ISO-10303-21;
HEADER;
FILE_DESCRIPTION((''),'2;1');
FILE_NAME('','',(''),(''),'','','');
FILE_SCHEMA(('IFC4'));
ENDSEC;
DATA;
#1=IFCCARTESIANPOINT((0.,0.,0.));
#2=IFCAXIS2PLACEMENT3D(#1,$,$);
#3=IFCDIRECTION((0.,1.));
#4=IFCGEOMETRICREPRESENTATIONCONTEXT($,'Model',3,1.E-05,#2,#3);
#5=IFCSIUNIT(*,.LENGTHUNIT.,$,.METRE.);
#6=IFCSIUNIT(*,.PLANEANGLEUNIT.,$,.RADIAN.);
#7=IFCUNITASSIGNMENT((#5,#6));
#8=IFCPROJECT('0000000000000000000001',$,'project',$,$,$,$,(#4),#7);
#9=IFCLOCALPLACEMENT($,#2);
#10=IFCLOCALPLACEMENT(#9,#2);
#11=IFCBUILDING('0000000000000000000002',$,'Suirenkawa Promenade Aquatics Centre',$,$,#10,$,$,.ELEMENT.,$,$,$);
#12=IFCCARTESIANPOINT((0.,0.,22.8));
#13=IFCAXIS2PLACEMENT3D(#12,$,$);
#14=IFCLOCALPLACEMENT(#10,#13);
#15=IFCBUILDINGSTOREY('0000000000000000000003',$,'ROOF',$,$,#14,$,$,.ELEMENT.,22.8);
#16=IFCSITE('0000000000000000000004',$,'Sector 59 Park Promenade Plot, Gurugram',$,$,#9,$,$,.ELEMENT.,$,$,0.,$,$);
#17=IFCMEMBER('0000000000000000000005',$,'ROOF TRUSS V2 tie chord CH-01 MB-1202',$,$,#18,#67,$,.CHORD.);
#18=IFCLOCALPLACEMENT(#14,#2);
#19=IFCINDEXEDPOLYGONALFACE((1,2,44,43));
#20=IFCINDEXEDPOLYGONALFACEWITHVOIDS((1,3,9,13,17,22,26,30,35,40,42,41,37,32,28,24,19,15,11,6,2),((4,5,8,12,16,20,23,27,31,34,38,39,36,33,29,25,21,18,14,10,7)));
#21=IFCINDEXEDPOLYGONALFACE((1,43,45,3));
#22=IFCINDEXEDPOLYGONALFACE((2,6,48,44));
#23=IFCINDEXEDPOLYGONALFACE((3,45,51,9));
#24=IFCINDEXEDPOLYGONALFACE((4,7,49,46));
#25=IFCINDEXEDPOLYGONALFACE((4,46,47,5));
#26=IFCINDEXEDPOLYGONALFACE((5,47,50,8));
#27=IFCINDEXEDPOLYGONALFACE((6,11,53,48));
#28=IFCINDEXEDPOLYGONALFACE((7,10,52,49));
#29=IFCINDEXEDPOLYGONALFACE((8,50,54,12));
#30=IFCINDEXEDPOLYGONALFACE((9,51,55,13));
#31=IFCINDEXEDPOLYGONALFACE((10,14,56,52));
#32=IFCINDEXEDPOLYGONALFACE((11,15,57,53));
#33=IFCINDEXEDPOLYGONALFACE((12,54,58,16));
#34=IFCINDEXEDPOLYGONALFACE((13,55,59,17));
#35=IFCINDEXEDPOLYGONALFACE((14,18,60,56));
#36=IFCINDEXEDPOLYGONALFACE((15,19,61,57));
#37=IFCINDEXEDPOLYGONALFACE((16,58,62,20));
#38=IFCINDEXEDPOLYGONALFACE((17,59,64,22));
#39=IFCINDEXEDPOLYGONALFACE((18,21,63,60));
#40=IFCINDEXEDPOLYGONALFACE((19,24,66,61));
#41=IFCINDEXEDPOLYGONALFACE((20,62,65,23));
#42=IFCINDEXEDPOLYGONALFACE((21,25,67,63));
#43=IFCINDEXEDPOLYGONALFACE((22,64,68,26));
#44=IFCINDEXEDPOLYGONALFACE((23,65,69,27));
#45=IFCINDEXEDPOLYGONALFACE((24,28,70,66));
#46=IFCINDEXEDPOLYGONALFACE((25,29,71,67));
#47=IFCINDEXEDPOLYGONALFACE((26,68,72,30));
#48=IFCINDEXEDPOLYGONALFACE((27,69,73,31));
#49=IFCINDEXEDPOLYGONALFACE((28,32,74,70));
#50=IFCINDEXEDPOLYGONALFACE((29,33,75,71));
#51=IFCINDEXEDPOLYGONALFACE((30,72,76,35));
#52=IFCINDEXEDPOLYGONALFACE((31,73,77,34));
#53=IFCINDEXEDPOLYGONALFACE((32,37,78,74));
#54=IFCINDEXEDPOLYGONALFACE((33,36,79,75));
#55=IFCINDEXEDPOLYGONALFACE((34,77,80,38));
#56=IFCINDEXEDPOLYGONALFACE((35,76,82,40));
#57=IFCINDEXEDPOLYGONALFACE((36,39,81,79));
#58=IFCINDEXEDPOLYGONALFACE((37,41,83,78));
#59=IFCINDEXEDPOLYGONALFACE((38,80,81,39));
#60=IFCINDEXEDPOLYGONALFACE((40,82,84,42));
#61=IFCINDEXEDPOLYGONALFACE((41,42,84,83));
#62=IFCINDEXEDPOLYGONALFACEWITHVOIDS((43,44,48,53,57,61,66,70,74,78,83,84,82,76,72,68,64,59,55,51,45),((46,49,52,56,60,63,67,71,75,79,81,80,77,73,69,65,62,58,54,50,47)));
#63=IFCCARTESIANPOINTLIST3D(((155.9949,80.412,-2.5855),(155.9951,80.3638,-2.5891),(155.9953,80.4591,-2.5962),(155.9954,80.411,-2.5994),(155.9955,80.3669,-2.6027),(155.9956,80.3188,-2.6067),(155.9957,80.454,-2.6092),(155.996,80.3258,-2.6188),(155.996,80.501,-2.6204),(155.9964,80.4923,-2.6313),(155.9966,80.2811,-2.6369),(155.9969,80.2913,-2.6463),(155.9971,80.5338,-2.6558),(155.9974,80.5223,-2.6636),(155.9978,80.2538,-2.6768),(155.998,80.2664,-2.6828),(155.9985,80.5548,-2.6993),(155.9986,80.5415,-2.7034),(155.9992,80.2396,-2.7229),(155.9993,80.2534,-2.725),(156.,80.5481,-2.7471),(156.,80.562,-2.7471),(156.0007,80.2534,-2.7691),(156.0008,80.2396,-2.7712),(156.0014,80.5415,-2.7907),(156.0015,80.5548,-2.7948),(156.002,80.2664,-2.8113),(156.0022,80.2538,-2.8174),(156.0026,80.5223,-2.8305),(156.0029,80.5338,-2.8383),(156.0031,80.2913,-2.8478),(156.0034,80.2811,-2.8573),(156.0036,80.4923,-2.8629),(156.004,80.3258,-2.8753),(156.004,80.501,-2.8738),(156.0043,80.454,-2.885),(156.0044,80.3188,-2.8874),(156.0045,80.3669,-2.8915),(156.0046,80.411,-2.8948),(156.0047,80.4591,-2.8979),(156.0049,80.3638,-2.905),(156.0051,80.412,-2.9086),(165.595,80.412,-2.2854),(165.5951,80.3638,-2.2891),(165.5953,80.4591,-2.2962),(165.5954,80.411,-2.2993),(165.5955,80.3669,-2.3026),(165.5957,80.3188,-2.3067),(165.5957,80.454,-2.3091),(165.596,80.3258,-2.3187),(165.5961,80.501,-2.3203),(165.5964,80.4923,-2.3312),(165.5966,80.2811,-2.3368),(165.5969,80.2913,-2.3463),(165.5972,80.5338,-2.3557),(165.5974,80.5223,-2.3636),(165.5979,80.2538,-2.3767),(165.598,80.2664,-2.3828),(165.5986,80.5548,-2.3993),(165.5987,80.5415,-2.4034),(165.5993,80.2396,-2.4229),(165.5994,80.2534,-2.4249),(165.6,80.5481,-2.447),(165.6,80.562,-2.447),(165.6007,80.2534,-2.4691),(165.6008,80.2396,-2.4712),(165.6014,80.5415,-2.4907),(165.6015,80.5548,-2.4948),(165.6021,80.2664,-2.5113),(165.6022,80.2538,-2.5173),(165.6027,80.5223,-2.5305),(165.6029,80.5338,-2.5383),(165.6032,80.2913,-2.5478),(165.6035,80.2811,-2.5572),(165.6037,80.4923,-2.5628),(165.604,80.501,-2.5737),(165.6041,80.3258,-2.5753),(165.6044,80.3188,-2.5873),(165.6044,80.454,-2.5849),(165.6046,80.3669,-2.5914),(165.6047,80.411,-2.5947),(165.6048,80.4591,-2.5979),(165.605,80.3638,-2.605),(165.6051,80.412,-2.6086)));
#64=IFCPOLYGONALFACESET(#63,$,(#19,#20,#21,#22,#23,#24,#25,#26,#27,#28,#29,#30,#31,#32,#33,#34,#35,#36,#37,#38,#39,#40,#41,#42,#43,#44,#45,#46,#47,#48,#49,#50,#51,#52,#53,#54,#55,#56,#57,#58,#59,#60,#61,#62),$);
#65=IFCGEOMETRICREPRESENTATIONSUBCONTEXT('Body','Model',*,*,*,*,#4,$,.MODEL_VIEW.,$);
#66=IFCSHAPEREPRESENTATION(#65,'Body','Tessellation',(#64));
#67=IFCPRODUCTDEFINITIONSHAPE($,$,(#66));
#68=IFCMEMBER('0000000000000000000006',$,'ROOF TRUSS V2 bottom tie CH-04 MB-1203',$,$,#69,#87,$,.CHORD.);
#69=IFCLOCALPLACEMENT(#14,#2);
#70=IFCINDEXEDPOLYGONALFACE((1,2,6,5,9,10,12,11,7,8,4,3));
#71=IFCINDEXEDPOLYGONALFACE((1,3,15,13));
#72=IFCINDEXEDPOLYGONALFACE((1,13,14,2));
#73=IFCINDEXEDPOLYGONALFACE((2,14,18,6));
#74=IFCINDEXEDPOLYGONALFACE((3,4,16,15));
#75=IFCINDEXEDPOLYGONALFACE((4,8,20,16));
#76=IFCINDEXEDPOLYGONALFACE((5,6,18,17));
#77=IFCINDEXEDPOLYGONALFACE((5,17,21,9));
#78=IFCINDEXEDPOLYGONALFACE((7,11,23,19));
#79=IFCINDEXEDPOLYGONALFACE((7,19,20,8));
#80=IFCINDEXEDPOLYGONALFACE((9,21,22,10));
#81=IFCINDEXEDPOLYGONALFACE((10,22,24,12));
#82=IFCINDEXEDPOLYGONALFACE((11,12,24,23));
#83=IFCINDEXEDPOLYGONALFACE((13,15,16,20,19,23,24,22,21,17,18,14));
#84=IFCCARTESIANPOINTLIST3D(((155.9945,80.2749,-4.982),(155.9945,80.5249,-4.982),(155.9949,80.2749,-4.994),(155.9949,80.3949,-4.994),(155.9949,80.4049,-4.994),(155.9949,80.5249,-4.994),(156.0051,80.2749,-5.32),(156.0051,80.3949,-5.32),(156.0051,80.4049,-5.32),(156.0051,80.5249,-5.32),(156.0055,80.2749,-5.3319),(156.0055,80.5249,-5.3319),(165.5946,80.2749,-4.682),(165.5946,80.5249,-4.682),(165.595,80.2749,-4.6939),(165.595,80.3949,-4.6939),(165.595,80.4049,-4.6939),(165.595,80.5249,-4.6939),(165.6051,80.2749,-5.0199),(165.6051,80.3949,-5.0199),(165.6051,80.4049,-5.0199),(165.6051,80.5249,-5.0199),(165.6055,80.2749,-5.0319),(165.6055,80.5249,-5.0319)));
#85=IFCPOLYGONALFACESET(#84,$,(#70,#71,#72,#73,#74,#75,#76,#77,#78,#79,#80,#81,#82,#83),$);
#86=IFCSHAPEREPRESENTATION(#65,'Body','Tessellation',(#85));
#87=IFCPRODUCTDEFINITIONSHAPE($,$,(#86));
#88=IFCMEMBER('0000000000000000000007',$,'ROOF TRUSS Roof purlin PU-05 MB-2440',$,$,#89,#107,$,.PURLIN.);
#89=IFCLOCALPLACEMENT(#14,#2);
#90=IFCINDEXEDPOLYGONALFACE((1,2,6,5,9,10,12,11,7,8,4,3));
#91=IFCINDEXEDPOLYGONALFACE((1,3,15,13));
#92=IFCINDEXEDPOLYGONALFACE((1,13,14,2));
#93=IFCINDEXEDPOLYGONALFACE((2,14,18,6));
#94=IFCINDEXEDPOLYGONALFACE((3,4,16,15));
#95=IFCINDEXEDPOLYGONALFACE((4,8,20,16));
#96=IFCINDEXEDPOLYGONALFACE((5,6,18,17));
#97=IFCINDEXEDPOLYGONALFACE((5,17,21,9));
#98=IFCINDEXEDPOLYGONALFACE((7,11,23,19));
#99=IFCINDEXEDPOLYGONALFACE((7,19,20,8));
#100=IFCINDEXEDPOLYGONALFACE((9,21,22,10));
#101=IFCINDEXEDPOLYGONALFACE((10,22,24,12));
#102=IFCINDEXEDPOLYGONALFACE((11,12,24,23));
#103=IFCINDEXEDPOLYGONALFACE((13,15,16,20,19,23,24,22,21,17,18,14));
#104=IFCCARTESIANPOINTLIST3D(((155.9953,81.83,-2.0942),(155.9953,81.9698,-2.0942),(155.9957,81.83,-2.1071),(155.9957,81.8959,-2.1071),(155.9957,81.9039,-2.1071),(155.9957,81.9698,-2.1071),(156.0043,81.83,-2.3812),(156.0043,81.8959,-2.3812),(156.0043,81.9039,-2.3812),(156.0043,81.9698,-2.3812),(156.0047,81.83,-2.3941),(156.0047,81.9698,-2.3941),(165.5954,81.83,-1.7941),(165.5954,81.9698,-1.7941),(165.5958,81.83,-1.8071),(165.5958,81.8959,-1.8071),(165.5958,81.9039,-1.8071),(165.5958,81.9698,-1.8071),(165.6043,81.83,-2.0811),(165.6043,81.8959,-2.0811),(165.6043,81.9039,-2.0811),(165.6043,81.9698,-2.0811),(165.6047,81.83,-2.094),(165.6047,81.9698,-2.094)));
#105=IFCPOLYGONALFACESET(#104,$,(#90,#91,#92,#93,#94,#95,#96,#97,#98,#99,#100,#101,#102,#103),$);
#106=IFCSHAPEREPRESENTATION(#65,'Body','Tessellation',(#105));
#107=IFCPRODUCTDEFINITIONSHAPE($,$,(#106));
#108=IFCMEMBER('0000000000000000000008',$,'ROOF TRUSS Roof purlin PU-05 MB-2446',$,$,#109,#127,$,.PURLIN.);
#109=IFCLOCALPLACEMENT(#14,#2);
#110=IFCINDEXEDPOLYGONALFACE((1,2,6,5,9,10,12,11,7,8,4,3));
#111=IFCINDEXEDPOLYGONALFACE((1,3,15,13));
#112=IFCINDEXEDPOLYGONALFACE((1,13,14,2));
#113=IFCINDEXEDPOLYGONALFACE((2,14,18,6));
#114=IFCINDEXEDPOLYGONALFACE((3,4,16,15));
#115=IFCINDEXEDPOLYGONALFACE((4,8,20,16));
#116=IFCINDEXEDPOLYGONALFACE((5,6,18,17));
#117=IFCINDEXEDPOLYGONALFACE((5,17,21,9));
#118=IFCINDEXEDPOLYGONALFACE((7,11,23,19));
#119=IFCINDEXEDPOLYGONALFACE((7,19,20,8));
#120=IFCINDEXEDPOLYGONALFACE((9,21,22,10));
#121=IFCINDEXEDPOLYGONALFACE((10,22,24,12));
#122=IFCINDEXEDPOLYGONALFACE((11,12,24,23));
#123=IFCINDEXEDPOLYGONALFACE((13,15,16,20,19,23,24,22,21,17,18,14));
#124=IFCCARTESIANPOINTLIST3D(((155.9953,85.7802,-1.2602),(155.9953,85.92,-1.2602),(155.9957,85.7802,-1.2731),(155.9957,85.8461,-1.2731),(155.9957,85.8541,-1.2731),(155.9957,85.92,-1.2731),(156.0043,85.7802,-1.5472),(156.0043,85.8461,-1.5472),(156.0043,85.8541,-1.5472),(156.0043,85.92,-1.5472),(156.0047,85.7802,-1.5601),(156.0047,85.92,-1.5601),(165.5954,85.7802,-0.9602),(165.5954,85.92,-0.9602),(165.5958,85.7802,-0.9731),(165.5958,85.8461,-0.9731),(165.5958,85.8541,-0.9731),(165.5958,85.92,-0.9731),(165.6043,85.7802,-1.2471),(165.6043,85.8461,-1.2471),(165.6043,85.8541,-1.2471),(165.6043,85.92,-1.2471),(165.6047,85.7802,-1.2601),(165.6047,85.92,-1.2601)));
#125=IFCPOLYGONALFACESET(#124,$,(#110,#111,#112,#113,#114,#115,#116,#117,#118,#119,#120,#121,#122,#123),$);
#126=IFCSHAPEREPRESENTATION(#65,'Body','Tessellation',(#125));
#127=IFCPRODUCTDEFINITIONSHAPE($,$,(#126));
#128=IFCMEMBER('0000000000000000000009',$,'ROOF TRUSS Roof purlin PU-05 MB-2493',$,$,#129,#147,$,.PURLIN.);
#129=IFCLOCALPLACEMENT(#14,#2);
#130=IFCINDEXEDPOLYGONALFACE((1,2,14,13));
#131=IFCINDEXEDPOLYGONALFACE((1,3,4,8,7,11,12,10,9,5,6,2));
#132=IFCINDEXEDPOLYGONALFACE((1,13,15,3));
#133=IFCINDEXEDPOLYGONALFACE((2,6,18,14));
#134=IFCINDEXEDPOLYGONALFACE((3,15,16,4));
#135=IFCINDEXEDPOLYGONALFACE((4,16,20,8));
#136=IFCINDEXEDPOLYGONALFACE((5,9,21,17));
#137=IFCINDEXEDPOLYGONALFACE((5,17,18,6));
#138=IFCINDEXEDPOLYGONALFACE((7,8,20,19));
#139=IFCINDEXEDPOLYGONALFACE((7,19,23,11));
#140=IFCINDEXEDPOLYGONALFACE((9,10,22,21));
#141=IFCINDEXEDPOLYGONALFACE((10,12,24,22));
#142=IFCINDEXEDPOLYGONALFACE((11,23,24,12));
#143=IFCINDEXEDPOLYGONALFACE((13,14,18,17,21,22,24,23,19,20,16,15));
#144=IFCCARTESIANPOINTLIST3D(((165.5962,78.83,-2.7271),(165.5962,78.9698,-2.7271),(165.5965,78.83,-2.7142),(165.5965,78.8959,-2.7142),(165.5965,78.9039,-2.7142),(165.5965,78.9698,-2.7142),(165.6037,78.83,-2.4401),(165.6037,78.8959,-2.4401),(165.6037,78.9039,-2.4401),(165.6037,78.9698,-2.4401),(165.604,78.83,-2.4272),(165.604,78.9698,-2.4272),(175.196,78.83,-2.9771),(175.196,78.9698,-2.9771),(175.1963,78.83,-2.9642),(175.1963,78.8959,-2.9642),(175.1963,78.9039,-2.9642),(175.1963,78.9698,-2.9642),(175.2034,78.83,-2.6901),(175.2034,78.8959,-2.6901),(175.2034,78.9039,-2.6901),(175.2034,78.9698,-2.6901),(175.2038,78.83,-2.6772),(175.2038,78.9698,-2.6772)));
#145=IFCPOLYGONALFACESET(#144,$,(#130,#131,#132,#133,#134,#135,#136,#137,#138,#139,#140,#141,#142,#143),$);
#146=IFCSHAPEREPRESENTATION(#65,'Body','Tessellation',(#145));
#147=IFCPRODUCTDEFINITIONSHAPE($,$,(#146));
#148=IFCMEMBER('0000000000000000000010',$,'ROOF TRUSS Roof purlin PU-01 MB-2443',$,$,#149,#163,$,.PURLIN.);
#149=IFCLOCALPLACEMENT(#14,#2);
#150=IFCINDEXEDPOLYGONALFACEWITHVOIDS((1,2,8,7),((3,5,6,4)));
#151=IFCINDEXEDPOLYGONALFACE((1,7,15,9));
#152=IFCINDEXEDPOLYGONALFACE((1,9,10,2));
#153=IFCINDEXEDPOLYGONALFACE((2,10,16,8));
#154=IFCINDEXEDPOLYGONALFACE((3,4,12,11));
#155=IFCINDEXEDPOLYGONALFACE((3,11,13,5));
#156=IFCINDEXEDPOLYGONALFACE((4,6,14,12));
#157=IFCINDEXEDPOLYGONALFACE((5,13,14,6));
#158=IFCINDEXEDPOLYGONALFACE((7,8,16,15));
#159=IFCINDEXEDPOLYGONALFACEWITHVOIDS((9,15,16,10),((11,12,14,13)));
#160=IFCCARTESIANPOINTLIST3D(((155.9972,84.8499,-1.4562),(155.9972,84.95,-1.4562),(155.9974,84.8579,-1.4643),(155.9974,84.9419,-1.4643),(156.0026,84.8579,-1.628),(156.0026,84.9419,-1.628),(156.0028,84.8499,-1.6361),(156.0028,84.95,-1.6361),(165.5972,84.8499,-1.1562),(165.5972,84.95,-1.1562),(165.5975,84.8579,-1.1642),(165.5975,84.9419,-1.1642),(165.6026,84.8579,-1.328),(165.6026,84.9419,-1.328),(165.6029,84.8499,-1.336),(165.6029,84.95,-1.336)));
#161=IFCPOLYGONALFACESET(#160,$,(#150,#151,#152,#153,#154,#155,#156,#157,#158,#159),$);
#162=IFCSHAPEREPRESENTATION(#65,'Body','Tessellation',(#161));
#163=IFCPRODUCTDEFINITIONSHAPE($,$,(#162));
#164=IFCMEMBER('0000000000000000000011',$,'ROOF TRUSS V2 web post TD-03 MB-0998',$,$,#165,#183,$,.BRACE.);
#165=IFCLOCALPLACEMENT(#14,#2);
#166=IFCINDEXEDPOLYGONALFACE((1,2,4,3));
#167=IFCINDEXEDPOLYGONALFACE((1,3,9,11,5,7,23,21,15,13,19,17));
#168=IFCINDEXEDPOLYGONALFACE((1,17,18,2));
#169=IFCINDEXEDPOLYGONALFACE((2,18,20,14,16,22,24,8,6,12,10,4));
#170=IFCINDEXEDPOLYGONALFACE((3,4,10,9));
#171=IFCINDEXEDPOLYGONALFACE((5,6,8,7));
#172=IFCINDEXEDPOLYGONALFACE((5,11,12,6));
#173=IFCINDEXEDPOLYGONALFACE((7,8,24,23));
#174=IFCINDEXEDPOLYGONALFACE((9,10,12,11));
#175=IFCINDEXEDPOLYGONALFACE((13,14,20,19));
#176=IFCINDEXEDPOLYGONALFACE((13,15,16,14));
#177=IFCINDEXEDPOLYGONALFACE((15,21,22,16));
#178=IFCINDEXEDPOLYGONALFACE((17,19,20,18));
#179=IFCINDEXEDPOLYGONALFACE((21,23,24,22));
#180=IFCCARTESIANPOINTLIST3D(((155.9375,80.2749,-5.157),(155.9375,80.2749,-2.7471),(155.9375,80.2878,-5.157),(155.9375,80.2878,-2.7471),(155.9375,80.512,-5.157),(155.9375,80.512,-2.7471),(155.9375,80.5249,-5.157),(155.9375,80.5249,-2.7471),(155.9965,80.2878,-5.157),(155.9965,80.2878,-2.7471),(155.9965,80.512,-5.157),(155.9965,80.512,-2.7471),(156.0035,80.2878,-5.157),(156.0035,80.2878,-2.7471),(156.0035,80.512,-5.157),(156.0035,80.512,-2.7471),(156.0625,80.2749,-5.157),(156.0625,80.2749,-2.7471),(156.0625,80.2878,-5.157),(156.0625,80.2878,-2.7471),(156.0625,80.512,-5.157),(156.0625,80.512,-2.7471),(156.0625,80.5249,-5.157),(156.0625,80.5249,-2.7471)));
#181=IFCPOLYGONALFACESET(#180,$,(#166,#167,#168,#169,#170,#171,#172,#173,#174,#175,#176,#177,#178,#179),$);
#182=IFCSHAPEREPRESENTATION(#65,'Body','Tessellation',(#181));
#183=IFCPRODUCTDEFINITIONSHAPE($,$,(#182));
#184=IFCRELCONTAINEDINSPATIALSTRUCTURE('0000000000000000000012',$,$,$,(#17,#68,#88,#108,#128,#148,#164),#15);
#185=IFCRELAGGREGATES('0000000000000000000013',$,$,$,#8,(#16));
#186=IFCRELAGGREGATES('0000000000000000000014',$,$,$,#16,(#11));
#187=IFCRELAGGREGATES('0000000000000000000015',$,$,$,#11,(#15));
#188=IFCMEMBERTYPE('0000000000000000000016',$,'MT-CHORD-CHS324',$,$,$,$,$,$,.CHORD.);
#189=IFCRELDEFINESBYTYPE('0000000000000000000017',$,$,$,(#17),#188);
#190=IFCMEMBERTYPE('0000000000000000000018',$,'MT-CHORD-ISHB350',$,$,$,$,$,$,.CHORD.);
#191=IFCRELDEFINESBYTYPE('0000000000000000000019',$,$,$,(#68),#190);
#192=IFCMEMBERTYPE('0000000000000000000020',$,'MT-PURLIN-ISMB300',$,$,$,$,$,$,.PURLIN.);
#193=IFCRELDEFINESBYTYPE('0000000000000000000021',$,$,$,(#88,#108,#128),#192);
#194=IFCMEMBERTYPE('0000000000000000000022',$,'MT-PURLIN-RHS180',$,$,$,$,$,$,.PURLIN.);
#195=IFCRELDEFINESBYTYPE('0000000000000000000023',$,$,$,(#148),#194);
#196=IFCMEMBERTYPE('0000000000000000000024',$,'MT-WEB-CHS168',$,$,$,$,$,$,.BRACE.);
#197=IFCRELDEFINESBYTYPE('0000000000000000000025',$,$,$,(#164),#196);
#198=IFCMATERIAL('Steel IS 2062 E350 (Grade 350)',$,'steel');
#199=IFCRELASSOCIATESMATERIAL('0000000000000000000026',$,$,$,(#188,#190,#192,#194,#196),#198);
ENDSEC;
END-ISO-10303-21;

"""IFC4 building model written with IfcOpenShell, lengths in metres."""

from ifc_helpers import new_model, si_unit, direction, frame, origin, origin_2d, place, context, subcontext, project, spatial, hollow_rectangle, hollow_circle, i_section, extrude, material, material_profile, profile_set, type_object, element, save


model = new_model("IFC4")

# Units and contexts
model_context = context("Model", 3, precision=1e-05, world=origin(), true_north=direction((0.0, 1.0)))
body_context = subcontext(model_context, "Body", "Model", "MODEL_VIEW")
ifc_project = project(units=[si_unit("LENGTHUNIT", "METRE"), si_unit("PLANEANGLEUNIT", "RADIAN")], contexts=[model_context])

# Site, building, storey
site_placement = place(None, origin())
site = spatial("IfcSite", under=ifc_project, at=site_placement, Name="Sector 59 Park Promenade Plot, Gurugram", CompositionType="ELEMENT", RefElevation=0.0)
building_placement = place(site_placement, origin())
building = spatial("IfcBuilding", under=site, at=building_placement, Name="Suirenkawa Promenade Aquatics Centre", CompositionType="ELEMENT")
storey_placement = place(building_placement, frame((0.0, 0.0, 22.8)))
storey = spatial("IfcBuildingStorey", under=building, at=storey_placement, Name="ROOF", CompositionType="ELEMENT", Elevation=22.8)

# Shared definitions
ifc_material = material(Name="Steel IS 2062 E350 (Grade 350)", Category="steel")

# Members
ifc_material_profile_1 = material_profile(ifc_material, hollow_circle(Radius=0.1621, WallThickness=0.0139, at=origin_2d()), Name="CHS 324x14", Category="steel")
ifc_profile_set_1 = profile_set([ifc_material_profile_1], Name="Steel IS 2062 E350 (Grade 350)")
member_type_1 = type_object("IfcMemberType", Name="MT-CHORD-CHS324", PredefinedType="CHORD", material=ifc_profile_set_1)
member_1_placement = place(storey_placement, frame((156.0, 80.3999, -2.7471), z_axis=(0.999512, 0.0, 0.03124), x_axis=(0.0, 1.0, 0.0)))
element("IfcMember", 1, at=member_1_placement, inside=storey, type_object=member_type_1, Name="ROOF TRUSS V2 tie chord CH-01 MB-1202", PredefinedType="CHORD", context=body_context, shape_type="SweptSolid", body=[
    extrude(hollow_circle(Radius=0.1621, WallThickness=0.0139, at=origin_2d()), origin(), (0.0, 0.0, 1.0), 9.6047),
])
ifc_material_profile_2 = material_profile(ifc_material, i_section(OverallWidth=0.25, OverallDepth=0.3501, WebThickness=0.01, FlangeThickness=0.012, at=origin_2d()), Name="ISHB 350", Category="steel")
ifc_profile_set_2 = profile_set([ifc_material_profile_2], Name="Steel IS 2062 E350 (Grade 350)")
member_type_2 = type_object("IfcMemberType", Name="MT-CHORD-ISHB350", PredefinedType="CHORD", material=ifc_profile_set_2)
member_2_placement = place(storey_placement, frame((156.0, 80.3999, -5.157), z_axis=(0.999512, 0.0, 0.03124), x_axis=(0.0, 1.0, 0.0)))
element("IfcMember", 2, at=member_2_placement, inside=storey, type_object=member_type_2, Name="ROOF TRUSS V2 bottom tie CH-04 MB-1203", PredefinedType="CHORD", context=body_context, shape_type="SweptSolid", body=[
    extrude(i_section(OverallWidth=0.25, OverallDepth=0.3501, WebThickness=0.01, FlangeThickness=0.012, at=origin_2d()), origin(), (0.0, 0.0, 1.0), 9.6047),
])
ifc_material_profile_3 = material_profile(ifc_material, i_section(OverallWidth=0.1399, OverallDepth=0.3, WebThickness=0.0081, FlangeThickness=0.0129, at=origin_2d()), Name="ISMB 300", Category="steel")
ifc_profile_set_3 = profile_set([ifc_material_profile_3], Name="Steel IS 2062 E350 (Grade 350)")
member_type_3 = type_object("IfcMemberType", Name="MT-PURLIN-ISMB300", PredefinedType="PURLIN", material=ifc_profile_set_3)
for number, where, z_axis, x_axis, name in (
    (3, (156.0, 81.8999, -2.2441), (0.999512, 0.0, 0.03124), (0.0, 1.0, 0.0), "ROOF TRUSS Roof purlin PU-05 MB-2440"),
    (4, (156.0, 85.8501, -1.4102), (0.999512, 0.0, 0.03124), (0.0, 1.0, 0.0), "ROOF TRUSS Roof purlin PU-05 MB-2446"),
):
    element("IfcMember", number, at=place(storey_placement, frame(where, z_axis=z_axis, x_axis=x_axis)), inside=storey, type_object=member_type_3, Name=name, PredefinedType="PURLIN", context=body_context, shape_type="SweptSolid", body=[
        extrude(i_section(OverallWidth=0.1399, OverallDepth=0.3, WebThickness=0.0081, FlangeThickness=0.0129, at=origin_2d()), origin(), (0.0, 0.0, 1.0), 9.6047),
    ])
member_3_placement = place(storey_placement, frame((165.6001, 78.8999, -2.5771), z_axis=(0.999661, 0.0, -0.026033), x_axis=(0.0, 1.0, 0.0)))
element("IfcMember", 5, at=member_3_placement, inside=storey, type_object=member_type_3, Name="ROOF TRUSS Roof purlin PU-05 MB-2493", PredefinedType="PURLIN", context=body_context, shape_type="SweptSolid", body=[
    extrude(i_section(OverallWidth=0.1399, OverallDepth=0.3, WebThickness=0.0081, FlangeThickness=0.0129, at=origin_2d()), origin(), (0.0, 0.0, 1.0), 9.603),
])
ifc_material_profile_4 = material_profile(ifc_material, hollow_rectangle(XDim=0.1001, YDim=0.1799, WallThickness=0.0081, at=origin_2d()), Name="RHS 180x100x8", Category="steel")
ifc_profile_set_4 = profile_set([ifc_material_profile_4], Name="Steel IS 2062 E350 (Grade 350)")
member_type_4 = type_object("IfcMemberType", Name="MT-PURLIN-RHS180", PredefinedType="PURLIN", material=ifc_profile_set_4)
member_4_placement = place(storey_placement, frame((156.0, 84.8999, -1.5461), z_axis=(0.999512, 0.0, 0.03124), x_axis=(0.0, 1.0, 0.0)))
element("IfcMember", 6, at=member_4_placement, inside=storey, type_object=member_type_4, Name="ROOF TRUSS Roof purlin PU-01 MB-2443", PredefinedType="PURLIN", context=body_context, shape_type="SweptSolid", body=[
    extrude(hollow_rectangle(XDim=0.1001, YDim=0.1799, WallThickness=0.0081, at=origin_2d()), origin(), (0.0, 0.0, 1.0), 9.6047),
])
ifc_material_profile_5 = material_profile(ifc_material, i_section(OverallWidth=0.125, OverallDepth=0.25, WebThickness=0.0071, FlangeThickness=0.0129, at=origin_2d()), Name="ISMB 250", Category="steel")
ifc_profile_set_5 = profile_set([ifc_material_profile_5], Name="Steel IS 2062 E350 (Grade 350)")
member_type_5 = type_object("IfcMemberType", Name="MT-WEB-CHS168", PredefinedType="BRACE", material=ifc_profile_set_5)
member_5_placement = place(storey_placement, frame((156.0, 80.3999, -5.157), z_axis=(0.0, 0.0, 1.0), x_axis=(1.0, 0.0, 0.0)))
element("IfcMember", 7, at=member_5_placement, inside=storey, type_object=member_type_5, Name="ROOF TRUSS V2 web post TD-03 MB-0998", PredefinedType="BRACE", context=body_context, shape_type="SweptSolid", body=[
    extrude(i_section(OverallWidth=0.125, OverallDepth=0.25, WebThickness=0.0071, FlangeThickness=0.0129, at=origin_2d()), origin(), (0.0, 0.0, 1.0), 2.4099),
])

save(model, "model.ifc")
